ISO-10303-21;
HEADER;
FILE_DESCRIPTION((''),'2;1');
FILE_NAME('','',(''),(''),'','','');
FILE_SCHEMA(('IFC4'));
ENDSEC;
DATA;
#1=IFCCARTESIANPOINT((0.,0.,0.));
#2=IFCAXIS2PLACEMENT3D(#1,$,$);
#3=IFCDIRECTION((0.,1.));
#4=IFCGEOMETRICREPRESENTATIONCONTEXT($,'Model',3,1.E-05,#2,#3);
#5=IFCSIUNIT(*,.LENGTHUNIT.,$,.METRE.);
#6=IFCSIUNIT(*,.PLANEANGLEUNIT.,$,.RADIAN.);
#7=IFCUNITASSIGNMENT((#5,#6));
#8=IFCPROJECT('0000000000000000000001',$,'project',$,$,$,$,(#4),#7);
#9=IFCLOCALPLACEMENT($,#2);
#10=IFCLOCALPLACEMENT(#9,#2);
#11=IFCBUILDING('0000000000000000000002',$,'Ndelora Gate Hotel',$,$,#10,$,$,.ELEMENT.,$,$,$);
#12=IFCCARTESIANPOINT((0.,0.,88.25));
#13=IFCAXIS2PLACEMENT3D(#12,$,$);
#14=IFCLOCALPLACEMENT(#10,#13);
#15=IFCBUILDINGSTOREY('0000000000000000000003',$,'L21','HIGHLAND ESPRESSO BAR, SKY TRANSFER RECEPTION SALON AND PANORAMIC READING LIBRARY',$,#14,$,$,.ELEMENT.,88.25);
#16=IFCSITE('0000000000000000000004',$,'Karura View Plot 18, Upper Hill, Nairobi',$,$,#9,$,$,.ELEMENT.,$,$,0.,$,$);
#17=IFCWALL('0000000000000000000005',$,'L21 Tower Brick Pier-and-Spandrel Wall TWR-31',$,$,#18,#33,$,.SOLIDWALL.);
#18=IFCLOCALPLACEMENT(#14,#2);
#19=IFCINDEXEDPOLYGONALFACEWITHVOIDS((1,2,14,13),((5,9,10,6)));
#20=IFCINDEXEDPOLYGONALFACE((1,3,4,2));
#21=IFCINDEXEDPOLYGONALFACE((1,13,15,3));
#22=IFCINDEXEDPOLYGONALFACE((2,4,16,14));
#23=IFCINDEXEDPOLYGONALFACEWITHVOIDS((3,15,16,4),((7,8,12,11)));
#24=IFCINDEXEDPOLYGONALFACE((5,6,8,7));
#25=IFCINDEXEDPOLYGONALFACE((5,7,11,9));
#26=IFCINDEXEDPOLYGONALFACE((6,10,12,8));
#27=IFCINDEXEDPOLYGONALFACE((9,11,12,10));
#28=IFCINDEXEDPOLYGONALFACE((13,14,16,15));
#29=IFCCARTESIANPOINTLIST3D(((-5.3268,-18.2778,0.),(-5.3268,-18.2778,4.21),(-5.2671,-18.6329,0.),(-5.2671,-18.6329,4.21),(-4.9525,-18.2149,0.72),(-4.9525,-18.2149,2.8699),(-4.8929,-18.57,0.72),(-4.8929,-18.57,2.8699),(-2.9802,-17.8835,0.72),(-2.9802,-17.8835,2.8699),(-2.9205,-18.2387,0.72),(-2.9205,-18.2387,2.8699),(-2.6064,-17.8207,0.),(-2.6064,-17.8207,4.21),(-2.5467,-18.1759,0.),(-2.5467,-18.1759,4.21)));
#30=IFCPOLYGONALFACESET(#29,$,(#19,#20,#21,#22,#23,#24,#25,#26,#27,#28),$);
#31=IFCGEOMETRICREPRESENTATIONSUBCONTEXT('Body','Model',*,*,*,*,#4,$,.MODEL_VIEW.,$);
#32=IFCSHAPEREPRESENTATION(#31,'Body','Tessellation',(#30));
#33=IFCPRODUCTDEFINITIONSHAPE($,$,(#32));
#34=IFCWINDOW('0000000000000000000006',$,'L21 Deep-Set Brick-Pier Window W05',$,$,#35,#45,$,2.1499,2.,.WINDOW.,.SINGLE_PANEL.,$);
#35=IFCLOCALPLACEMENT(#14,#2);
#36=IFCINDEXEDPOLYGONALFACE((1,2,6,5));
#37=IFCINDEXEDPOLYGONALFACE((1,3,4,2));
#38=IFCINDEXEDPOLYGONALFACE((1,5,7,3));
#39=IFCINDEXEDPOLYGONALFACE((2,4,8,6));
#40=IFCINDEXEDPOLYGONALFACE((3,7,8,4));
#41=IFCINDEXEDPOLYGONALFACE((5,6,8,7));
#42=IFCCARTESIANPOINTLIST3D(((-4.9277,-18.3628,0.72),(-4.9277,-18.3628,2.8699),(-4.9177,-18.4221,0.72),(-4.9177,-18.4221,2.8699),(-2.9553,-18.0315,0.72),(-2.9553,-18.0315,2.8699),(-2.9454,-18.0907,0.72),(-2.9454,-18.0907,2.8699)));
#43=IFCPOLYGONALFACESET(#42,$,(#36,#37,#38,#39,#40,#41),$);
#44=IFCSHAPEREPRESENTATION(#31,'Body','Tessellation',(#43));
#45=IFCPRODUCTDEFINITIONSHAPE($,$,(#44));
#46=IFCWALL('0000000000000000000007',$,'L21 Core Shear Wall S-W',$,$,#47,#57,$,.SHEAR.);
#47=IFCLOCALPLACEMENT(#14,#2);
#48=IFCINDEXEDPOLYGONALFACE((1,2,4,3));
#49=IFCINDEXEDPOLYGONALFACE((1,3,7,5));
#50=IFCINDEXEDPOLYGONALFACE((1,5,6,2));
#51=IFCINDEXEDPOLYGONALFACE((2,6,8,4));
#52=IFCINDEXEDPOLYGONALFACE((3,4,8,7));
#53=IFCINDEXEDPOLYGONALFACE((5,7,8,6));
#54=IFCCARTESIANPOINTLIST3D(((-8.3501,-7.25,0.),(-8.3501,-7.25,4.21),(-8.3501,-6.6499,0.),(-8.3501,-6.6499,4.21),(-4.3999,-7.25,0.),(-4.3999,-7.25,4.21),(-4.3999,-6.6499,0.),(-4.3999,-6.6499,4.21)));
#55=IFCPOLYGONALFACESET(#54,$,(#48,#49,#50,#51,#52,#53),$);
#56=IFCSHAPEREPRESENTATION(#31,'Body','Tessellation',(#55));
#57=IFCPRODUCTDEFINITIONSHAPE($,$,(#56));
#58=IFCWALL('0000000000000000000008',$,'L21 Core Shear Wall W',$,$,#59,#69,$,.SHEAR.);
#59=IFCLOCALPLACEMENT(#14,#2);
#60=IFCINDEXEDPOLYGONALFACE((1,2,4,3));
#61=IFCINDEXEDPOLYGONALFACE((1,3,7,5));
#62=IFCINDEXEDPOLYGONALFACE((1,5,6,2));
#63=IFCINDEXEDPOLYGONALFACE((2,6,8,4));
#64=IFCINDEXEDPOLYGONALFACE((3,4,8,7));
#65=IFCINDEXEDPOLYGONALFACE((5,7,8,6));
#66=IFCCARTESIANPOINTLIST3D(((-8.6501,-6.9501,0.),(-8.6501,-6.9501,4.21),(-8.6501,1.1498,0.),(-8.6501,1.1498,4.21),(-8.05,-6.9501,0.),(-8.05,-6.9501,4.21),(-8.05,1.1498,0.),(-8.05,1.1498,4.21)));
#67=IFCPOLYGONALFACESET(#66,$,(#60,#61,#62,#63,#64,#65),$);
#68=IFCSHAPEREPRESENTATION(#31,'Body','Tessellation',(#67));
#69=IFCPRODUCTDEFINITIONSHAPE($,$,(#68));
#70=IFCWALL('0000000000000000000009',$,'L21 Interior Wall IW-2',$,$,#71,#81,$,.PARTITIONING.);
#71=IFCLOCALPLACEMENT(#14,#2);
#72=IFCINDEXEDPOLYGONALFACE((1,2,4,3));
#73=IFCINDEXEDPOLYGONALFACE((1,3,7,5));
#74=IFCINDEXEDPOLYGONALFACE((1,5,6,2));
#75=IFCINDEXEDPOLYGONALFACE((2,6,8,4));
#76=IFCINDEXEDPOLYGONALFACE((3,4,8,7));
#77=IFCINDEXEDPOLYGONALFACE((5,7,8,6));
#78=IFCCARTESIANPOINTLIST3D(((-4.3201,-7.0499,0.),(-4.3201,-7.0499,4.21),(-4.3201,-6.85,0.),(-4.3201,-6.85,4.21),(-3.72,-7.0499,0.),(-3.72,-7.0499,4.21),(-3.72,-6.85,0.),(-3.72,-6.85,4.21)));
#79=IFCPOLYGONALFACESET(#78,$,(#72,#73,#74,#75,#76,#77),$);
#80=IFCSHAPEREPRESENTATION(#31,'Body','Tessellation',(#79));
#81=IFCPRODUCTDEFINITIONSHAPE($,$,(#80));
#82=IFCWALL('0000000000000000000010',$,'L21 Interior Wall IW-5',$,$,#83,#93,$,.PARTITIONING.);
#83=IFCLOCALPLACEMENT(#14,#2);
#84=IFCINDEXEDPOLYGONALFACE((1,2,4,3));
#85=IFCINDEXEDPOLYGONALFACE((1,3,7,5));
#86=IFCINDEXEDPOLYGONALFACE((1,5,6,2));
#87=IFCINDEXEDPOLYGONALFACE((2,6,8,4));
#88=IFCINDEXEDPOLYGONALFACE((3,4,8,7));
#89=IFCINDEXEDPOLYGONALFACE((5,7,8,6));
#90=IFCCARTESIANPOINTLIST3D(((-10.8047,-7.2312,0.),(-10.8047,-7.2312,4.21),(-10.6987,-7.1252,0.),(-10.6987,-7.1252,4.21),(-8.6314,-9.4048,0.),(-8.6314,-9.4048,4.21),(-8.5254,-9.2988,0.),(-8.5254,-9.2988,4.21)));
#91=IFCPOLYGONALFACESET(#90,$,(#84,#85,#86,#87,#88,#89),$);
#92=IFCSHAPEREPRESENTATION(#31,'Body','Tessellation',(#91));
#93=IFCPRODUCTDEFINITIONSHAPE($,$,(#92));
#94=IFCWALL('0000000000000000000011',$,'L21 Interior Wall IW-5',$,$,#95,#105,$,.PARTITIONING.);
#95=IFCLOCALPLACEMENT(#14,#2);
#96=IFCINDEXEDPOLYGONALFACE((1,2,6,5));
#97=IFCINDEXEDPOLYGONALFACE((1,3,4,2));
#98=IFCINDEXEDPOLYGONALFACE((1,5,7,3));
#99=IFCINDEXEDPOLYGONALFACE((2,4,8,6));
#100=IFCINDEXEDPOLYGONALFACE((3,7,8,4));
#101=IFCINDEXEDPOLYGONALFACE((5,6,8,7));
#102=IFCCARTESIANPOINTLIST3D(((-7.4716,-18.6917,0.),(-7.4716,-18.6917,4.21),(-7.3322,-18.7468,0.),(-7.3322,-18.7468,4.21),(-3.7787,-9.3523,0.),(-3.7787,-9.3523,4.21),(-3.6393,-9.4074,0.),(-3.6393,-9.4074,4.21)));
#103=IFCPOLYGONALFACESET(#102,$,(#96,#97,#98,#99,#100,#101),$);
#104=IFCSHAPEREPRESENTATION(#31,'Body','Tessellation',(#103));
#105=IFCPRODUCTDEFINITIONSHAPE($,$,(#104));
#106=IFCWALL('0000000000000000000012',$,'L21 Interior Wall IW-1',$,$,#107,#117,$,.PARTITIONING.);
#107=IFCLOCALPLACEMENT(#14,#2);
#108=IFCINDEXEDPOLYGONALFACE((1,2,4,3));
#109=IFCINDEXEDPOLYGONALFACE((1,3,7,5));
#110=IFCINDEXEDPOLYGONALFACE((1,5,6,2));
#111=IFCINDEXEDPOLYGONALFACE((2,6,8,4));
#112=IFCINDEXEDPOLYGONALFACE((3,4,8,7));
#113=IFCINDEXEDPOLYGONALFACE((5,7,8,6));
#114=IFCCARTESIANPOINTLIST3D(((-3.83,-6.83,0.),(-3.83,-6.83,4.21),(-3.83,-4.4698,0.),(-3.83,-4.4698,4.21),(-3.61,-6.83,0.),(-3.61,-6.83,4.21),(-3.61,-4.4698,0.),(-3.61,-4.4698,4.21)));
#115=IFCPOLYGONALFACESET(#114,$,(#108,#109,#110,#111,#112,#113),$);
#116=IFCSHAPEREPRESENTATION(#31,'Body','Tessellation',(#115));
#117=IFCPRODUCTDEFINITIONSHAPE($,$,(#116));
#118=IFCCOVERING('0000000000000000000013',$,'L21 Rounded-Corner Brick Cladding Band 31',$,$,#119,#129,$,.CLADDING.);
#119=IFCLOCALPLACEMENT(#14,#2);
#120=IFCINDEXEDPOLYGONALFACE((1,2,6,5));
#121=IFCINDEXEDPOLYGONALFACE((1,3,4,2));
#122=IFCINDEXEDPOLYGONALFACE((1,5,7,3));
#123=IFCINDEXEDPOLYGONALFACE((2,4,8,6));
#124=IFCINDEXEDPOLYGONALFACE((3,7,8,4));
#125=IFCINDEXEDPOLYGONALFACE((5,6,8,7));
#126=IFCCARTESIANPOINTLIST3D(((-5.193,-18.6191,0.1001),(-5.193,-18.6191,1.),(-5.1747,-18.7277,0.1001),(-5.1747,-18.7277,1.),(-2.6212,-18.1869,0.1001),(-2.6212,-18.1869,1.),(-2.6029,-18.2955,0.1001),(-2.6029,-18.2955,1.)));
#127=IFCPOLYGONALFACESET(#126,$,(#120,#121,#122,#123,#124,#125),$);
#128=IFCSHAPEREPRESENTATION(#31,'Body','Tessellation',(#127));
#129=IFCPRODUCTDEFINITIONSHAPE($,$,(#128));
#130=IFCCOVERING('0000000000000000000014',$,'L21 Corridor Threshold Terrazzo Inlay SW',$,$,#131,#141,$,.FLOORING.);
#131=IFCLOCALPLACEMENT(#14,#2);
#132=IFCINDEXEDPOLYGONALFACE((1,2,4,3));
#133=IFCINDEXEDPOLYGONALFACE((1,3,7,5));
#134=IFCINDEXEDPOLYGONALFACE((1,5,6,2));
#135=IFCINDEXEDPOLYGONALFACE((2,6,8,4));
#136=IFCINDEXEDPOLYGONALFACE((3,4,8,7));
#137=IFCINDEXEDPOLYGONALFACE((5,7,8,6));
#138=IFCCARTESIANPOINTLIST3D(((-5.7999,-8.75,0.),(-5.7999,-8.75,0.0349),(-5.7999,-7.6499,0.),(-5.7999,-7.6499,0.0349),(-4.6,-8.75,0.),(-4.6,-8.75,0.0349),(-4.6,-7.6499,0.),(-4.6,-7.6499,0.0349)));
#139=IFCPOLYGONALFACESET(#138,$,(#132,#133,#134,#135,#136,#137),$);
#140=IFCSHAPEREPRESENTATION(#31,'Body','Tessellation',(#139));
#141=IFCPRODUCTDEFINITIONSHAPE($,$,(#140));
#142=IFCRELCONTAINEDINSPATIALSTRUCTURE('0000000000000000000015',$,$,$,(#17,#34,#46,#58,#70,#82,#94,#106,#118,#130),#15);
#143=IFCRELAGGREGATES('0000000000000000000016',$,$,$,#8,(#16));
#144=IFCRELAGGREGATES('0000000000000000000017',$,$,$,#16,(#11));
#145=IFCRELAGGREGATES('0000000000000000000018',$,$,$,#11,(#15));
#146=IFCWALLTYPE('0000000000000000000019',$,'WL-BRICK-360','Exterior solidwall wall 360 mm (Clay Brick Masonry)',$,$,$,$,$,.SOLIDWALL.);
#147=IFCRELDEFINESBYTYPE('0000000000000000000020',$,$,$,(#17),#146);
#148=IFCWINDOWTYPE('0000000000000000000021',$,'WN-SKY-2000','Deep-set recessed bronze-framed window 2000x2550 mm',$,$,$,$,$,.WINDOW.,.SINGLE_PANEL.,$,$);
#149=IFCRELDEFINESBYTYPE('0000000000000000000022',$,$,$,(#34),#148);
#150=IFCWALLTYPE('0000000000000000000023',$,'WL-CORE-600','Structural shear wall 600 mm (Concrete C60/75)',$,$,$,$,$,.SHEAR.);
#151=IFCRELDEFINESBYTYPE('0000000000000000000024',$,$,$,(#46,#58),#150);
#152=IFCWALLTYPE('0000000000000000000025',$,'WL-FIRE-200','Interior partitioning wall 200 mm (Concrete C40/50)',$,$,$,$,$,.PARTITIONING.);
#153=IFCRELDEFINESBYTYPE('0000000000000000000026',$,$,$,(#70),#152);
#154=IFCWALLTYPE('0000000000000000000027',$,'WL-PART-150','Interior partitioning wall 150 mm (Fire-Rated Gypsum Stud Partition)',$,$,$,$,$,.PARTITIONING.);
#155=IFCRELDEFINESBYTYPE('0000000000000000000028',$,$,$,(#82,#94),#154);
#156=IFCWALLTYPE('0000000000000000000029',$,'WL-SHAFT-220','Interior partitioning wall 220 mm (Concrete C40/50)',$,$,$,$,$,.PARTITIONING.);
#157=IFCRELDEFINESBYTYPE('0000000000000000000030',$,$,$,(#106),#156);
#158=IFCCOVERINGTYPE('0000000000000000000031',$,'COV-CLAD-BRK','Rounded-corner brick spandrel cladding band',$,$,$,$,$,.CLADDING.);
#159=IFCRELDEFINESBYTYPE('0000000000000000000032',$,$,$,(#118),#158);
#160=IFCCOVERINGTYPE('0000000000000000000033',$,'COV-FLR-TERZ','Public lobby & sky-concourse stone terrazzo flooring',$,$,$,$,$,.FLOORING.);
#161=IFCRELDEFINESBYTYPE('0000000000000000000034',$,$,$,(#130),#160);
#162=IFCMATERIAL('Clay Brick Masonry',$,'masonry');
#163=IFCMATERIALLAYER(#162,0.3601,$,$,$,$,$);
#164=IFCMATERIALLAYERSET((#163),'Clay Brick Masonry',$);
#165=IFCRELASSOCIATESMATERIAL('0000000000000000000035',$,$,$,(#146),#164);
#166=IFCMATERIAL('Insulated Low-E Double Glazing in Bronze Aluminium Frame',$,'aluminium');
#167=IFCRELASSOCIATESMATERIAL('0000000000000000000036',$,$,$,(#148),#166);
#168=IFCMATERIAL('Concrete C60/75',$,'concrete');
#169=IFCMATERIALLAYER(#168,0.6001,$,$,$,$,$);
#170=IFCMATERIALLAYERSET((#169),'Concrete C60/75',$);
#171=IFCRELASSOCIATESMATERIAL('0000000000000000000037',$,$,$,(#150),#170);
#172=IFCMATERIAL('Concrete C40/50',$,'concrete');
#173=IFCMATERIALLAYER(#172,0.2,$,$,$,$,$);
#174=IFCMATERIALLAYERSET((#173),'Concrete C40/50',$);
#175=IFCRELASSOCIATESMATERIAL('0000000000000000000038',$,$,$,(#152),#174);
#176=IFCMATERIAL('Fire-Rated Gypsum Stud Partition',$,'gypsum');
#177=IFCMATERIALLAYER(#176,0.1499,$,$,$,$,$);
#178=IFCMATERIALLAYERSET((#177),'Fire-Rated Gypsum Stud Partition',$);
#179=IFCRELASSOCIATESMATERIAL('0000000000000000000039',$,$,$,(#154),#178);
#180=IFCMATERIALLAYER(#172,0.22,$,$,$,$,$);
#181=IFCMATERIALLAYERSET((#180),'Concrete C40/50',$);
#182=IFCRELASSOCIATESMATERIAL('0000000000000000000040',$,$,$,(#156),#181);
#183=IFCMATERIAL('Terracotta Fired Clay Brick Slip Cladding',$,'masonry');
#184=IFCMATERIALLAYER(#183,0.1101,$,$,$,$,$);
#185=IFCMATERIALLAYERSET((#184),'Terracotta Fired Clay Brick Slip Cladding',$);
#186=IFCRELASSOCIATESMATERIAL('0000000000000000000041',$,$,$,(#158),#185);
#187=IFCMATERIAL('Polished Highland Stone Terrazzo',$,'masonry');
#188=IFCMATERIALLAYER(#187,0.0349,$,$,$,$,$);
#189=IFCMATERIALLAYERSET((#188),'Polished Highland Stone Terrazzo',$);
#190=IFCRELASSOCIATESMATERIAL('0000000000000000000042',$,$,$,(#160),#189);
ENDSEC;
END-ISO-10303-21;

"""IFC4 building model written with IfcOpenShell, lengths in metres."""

from ifc_helpers import new_model, si_unit, direction, frame, frame_2d, origin, origin_2d, place, context, subcontext, project, spatial, rectangle, extrude, material, layer, layer_set, type_object, element, fill, save


model = new_model("IFC4")

# Units and contexts
model_context = context("Model", 3, precision=1e-05, world=origin(), true_north=direction((0.0, 1.0)))
body_context = subcontext(model_context, "Body", "Model", "MODEL_VIEW")
ifc_project = project(units=[si_unit("LENGTHUNIT", "METRE"), si_unit("PLANEANGLEUNIT", "RADIAN")], contexts=[model_context])

# Site, building, storey
site_placement = place(None, origin())
site = spatial("IfcSite", under=ifc_project, at=site_placement, Name="Karura View Plot 18, Upper Hill, Nairobi", CompositionType="ELEMENT", RefElevation=0.0)
building_placement = place(site_placement, origin())
building = spatial("IfcBuilding", under=site, at=building_placement, Name="Ndelora Gate Hotel", CompositionType="ELEMENT")
storey_placement = place(building_placement, frame((0.0, 0.0, 88.25)))
storey = spatial("IfcBuildingStorey", under=building, at=storey_placement, Name="L21", Description="HIGHLAND ESPRESSO BAR, SKY TRANSFER RECEPTION SALON AND PANORAMIC READING LIBRARY", CompositionType="ELEMENT", Elevation=88.25)

# Shared definitions
ifc_material_1 = material(Name="Concrete C60/75", Category="concrete")

# Shared definitions
ifc_material_2 = material(Name="Clay Brick Masonry", Category="masonry")
ifc_layer_1 = layer(ifc_material_2, 0.3601)
ifc_layer_set_1 = layer_set([ifc_layer_1], Name="Clay Brick Masonry")
wall_type_1 = type_object("IfcWallType", Name="WL-BRICK-360", Description="Exterior solidwall wall 360 mm (Clay Brick Masonry)", PredefinedType="SOLIDWALL", material=ifc_layer_set_1)

# Wall, opening, window
wall_1_placement = place(storey_placement, frame((-2.5764, -17.9983, 0.0), z_axis=(0.0, 0.0, 1.0), x_axis=(-0.98618, -0.165676, 0.0)))
wall_1 = element("IfcWall", 1, at=wall_1_placement, inside=storey, type_object=wall_type_1, Name="L21 Tower Brick Pier-and-Spandrel Wall TWR-31", PredefinedType="SOLIDWALL", context=body_context, shape_type="SweptSolid", body=[
    extrude(rectangle(XDim=2.7585, YDim=0.3601, at=frame_2d((1.3794, 0.0))), origin(), (0.0, 0.0, 1.0), 4.21),
])
opening_placement = place(wall_1_placement, frame((0.3792, 0.0, 0.72)))
opening = element("IfcOpeningElement", 2, at=opening_placement, cuts=wall_1, PredefinedType="OPENING", context=body_context, shape_type="SweptSolid", body=[
    extrude(rectangle(XDim=2.0, YDim=2.1499, at=frame_2d((1.0, 1.075))), frame((0.0, 0.1899, 0.0), z_axis=(0.0, -1.0, 0.0), x_axis=(1.0, 0.0, 0.0)), (0.0, 0.0, 1.0), 0.3801),
])
ifc_material_3 = material(Name="Insulated Low-E Double Glazing in Bronze Aluminium Frame", Category="aluminium")
window_type = type_object("IfcWindowType", Name="WN-SKY-2000", Description="Deep-set recessed bronze-framed window 2000x2550 mm", PartitioningType="SINGLE_PANEL", PredefinedType="WINDOW", material=ifc_material_3)
window_placement = place(opening_placement, origin())
window = element("IfcWindow", 3, at=window_placement, inside=storey, type_object=window_type, Name="L21 Deep-Set Brick-Pier Window W05", OverallHeight=2.1499, OverallWidth=2.0, PartitioningType="SINGLE_PANEL", PredefinedType="WINDOW", context=body_context, shape_type="SweptSolid", body=[
    extrude(rectangle(XDim=2.0, YDim=2.1499, at=frame_2d((1.0, 1.075))), frame((0.0, 0.03, 0.0), z_axis=(0.0, -1.0, 0.0), x_axis=(1.0, 0.0, 0.0)), (0.0, 0.0, 1.0), 0.0601),
])
fill(opening, window)

# Walls
ifc_layer_2 = layer(ifc_material_1, 0.6001)
ifc_layer_set_2 = layer_set([ifc_layer_2], Name="Concrete C60/75")
wall_type_2 = type_object("IfcWallType", Name="WL-CORE-600", Description="Structural shear wall 600 mm (Concrete C60/75)", PredefinedType="SHEAR", material=ifc_layer_set_2)
wall_2_placement = place(storey_placement, frame((-8.3501, -6.95, 0.0), z_axis=(0.0, 0.0, 1.0), x_axis=(1.0, 0.0, 0.0)))
element("IfcWall", 4, at=wall_2_placement, inside=storey, type_object=wall_type_2, Name="L21 Core Shear Wall S-W", PredefinedType="SHEAR", context=body_context, shape_type="SweptSolid", body=[
    extrude(rectangle(XDim=3.9502, YDim=0.6001, at=frame_2d((1.9751, 0.0))), origin(), (0.0, 0.0, 1.0), 4.21),
])
wall_3_placement = place(storey_placement, frame((-8.3501, -6.95, 0.0), z_axis=(0.0, 0.0, 1.0), x_axis=(0.0, 1.0, 0.0)))
element("IfcWall", 5, at=wall_3_placement, inside=storey, type_object=wall_type_2, Name="L21 Core Shear Wall W", PredefinedType="SHEAR", context=body_context, shape_type="SweptSolid", body=[
    extrude(rectangle(XDim=8.0999, YDim=0.6001, at=frame_2d((4.0498, 0.0))), origin(), (0.0, 0.0, 1.0), 4.21),
])
ifc_material_4 = material(Name="Concrete C40/50", Category="concrete")
ifc_layer_3 = layer(ifc_material_4, 0.2)
ifc_layer_set_3 = layer_set([ifc_layer_3], Name="Concrete C40/50")
wall_type_3 = type_object("IfcWallType", Name="WL-FIRE-200", Description="Interior partitioning wall 200 mm (Concrete C40/50)", PredefinedType="PARTITIONING", material=ifc_layer_set_3)
wall_4_placement = place(storey_placement, frame((-4.3201, -6.95, 0.0), z_axis=(0.0, 0.0, 1.0), x_axis=(1.0, 0.0, 0.0)))
element("IfcWall", 6, at=wall_4_placement, inside=storey, type_object=wall_type_3, Name="L21 Interior Wall IW-2", PredefinedType="PARTITIONING", context=body_context, shape_type="SweptSolid", body=[
    extrude(rectangle(XDim=0.6001, YDim=0.2, at=frame_2d((0.3, 0.0))), origin(), (0.0, 0.0, 1.0), 4.21),
])
ifc_material_5 = material(Name="Fire-Rated Gypsum Stud Partition", Category="gypsum")
ifc_layer_4 = layer(ifc_material_5, 0.1499)
ifc_layer_set_4 = layer_set([ifc_layer_4], Name="Fire-Rated Gypsum Stud Partition")
wall_type_4 = type_object("IfcWallType", Name="WL-PART-150", Description="Interior partitioning wall 150 mm (Fire-Rated Gypsum Stud Partition)", PredefinedType="PARTITIONING", material=ifc_layer_set_4)
wall_5_placement = place(storey_placement, frame((-8.5784, -9.3518, 0.0), z_axis=(0.0, 0.0, 1.0), x_axis=(-0.707067, 0.707146, 0.0)))
element("IfcWall", 7, at=wall_5_placement, inside=storey, type_object=wall_type_4, Name="L21 Interior Wall IW-5", PredefinedType="PARTITIONING", context=body_context, shape_type="SweptSolid", body=[
    extrude(rectangle(XDim=3.0737, YDim=0.1499, at=frame_2d((1.5369, 0.0))), origin(), (0.0, 0.0, 1.0), 4.21),
])
wall_6_placement = place(storey_placement, frame((-3.709, -9.3799, 0.0), z_axis=(0.0, 0.0, 1.0), x_axis=(-0.367708, -0.929941, 0.0)))
element("IfcWall", 8, at=wall_6_placement, inside=storey, type_object=wall_type_4, Name="L21 Interior Wall IW-5", PredefinedType="PARTITIONING", context=body_context, shape_type="SweptSolid", body=[
    extrude(rectangle(XDim=10.043, YDim=0.1499, at=frame_2d((5.0215, 0.0))), origin(), (0.0, 0.0, 1.0), 4.21),
])
ifc_layer_5 = layer(ifc_material_4, 0.22)
ifc_layer_set_5 = layer_set([ifc_layer_5], Name="Concrete C40/50")
wall_type_5 = type_object("IfcWallType", Name="WL-SHAFT-220", Description="Interior partitioning wall 220 mm (Concrete C40/50)", PredefinedType="PARTITIONING", material=ifc_layer_set_5)
wall_7_placement = place(storey_placement, frame((-3.72, -6.8301, 0.0), z_axis=(0.0, 0.0, 1.0), x_axis=(0.0, 1.0, 0.0)))
element("IfcWall", 9, at=wall_7_placement, inside=storey, type_object=wall_type_5, Name="L21 Interior Wall IW-1", PredefinedType="PARTITIONING", context=body_context, shape_type="SweptSolid", body=[
    extrude(rectangle(XDim=2.3601, YDim=0.22, at=frame_2d((1.1802, 0.0))), origin(), (0.0, 0.0, 1.0), 4.21),
])

# Coverings
ifc_material_6 = material(Name="Terracotta Fired Clay Brick Slip Cladding", Category="masonry")
ifc_layer_6 = layer(ifc_material_6, 0.1101)
ifc_layer_set_6 = layer_set([ifc_layer_6], Name="Terracotta Fired Clay Brick Slip Cladding")
covering_type_1 = type_object("IfcCoveringType", Name="COV-CLAD-BRK", Description="Rounded-corner brick spandrel cladding band", PredefinedType="CLADDING", material=ifc_layer_set_6)
covering_1_placement = place(storey_placement, frame((-3.8979, -18.4573, 0.1001), z_axis=(0.0, 0.0, 1.0), x_axis=(0.98617, 0.165736, 0.0)))
element("IfcCovering", 10, at=covering_1_placement, inside=storey, type_object=covering_type_1, Name="L21 Rounded-Corner Brick Cladding Band 31", PredefinedType="CLADDING", context=body_context, shape_type="SweptSolid", body=[
    extrude(rectangle(XDim=2.6079, YDim=0.1101, at=origin_2d()), origin(), (0.0, 0.0, 1.0), 0.8999),
])
ifc_material_7 = material(Name="Polished Highland Stone Terrazzo", Category="masonry")
ifc_layer_7 = layer(ifc_material_7, 0.0349)
ifc_layer_set_7 = layer_set([ifc_layer_7], Name="Polished Highland Stone Terrazzo")
covering_type_2 = type_object("IfcCoveringType", Name="COV-FLR-TERZ", Description="Public lobby & sky-concourse stone terrazzo flooring", PredefinedType="FLOORING", material=ifc_layer_set_7)
covering_2_placement = place(storey_placement, frame((-5.2, -8.2, 0.0), z_axis=(0.0, 0.0, 1.0), x_axis=(1.0, 0.0, 0.0)))
element("IfcCovering", 11, at=covering_2_placement, inside=storey, type_object=covering_type_2, Name="L21 Corridor Threshold Terrazzo Inlay SW", PredefinedType="FLOORING", context=body_context, shape_type="SweptSolid", body=[
    extrude(rectangle(XDim=1.2, YDim=1.1001, at=origin_2d()), origin(), (0.0, 0.0, 1.0), 0.0349),
])

save(model, "model.ifc")
